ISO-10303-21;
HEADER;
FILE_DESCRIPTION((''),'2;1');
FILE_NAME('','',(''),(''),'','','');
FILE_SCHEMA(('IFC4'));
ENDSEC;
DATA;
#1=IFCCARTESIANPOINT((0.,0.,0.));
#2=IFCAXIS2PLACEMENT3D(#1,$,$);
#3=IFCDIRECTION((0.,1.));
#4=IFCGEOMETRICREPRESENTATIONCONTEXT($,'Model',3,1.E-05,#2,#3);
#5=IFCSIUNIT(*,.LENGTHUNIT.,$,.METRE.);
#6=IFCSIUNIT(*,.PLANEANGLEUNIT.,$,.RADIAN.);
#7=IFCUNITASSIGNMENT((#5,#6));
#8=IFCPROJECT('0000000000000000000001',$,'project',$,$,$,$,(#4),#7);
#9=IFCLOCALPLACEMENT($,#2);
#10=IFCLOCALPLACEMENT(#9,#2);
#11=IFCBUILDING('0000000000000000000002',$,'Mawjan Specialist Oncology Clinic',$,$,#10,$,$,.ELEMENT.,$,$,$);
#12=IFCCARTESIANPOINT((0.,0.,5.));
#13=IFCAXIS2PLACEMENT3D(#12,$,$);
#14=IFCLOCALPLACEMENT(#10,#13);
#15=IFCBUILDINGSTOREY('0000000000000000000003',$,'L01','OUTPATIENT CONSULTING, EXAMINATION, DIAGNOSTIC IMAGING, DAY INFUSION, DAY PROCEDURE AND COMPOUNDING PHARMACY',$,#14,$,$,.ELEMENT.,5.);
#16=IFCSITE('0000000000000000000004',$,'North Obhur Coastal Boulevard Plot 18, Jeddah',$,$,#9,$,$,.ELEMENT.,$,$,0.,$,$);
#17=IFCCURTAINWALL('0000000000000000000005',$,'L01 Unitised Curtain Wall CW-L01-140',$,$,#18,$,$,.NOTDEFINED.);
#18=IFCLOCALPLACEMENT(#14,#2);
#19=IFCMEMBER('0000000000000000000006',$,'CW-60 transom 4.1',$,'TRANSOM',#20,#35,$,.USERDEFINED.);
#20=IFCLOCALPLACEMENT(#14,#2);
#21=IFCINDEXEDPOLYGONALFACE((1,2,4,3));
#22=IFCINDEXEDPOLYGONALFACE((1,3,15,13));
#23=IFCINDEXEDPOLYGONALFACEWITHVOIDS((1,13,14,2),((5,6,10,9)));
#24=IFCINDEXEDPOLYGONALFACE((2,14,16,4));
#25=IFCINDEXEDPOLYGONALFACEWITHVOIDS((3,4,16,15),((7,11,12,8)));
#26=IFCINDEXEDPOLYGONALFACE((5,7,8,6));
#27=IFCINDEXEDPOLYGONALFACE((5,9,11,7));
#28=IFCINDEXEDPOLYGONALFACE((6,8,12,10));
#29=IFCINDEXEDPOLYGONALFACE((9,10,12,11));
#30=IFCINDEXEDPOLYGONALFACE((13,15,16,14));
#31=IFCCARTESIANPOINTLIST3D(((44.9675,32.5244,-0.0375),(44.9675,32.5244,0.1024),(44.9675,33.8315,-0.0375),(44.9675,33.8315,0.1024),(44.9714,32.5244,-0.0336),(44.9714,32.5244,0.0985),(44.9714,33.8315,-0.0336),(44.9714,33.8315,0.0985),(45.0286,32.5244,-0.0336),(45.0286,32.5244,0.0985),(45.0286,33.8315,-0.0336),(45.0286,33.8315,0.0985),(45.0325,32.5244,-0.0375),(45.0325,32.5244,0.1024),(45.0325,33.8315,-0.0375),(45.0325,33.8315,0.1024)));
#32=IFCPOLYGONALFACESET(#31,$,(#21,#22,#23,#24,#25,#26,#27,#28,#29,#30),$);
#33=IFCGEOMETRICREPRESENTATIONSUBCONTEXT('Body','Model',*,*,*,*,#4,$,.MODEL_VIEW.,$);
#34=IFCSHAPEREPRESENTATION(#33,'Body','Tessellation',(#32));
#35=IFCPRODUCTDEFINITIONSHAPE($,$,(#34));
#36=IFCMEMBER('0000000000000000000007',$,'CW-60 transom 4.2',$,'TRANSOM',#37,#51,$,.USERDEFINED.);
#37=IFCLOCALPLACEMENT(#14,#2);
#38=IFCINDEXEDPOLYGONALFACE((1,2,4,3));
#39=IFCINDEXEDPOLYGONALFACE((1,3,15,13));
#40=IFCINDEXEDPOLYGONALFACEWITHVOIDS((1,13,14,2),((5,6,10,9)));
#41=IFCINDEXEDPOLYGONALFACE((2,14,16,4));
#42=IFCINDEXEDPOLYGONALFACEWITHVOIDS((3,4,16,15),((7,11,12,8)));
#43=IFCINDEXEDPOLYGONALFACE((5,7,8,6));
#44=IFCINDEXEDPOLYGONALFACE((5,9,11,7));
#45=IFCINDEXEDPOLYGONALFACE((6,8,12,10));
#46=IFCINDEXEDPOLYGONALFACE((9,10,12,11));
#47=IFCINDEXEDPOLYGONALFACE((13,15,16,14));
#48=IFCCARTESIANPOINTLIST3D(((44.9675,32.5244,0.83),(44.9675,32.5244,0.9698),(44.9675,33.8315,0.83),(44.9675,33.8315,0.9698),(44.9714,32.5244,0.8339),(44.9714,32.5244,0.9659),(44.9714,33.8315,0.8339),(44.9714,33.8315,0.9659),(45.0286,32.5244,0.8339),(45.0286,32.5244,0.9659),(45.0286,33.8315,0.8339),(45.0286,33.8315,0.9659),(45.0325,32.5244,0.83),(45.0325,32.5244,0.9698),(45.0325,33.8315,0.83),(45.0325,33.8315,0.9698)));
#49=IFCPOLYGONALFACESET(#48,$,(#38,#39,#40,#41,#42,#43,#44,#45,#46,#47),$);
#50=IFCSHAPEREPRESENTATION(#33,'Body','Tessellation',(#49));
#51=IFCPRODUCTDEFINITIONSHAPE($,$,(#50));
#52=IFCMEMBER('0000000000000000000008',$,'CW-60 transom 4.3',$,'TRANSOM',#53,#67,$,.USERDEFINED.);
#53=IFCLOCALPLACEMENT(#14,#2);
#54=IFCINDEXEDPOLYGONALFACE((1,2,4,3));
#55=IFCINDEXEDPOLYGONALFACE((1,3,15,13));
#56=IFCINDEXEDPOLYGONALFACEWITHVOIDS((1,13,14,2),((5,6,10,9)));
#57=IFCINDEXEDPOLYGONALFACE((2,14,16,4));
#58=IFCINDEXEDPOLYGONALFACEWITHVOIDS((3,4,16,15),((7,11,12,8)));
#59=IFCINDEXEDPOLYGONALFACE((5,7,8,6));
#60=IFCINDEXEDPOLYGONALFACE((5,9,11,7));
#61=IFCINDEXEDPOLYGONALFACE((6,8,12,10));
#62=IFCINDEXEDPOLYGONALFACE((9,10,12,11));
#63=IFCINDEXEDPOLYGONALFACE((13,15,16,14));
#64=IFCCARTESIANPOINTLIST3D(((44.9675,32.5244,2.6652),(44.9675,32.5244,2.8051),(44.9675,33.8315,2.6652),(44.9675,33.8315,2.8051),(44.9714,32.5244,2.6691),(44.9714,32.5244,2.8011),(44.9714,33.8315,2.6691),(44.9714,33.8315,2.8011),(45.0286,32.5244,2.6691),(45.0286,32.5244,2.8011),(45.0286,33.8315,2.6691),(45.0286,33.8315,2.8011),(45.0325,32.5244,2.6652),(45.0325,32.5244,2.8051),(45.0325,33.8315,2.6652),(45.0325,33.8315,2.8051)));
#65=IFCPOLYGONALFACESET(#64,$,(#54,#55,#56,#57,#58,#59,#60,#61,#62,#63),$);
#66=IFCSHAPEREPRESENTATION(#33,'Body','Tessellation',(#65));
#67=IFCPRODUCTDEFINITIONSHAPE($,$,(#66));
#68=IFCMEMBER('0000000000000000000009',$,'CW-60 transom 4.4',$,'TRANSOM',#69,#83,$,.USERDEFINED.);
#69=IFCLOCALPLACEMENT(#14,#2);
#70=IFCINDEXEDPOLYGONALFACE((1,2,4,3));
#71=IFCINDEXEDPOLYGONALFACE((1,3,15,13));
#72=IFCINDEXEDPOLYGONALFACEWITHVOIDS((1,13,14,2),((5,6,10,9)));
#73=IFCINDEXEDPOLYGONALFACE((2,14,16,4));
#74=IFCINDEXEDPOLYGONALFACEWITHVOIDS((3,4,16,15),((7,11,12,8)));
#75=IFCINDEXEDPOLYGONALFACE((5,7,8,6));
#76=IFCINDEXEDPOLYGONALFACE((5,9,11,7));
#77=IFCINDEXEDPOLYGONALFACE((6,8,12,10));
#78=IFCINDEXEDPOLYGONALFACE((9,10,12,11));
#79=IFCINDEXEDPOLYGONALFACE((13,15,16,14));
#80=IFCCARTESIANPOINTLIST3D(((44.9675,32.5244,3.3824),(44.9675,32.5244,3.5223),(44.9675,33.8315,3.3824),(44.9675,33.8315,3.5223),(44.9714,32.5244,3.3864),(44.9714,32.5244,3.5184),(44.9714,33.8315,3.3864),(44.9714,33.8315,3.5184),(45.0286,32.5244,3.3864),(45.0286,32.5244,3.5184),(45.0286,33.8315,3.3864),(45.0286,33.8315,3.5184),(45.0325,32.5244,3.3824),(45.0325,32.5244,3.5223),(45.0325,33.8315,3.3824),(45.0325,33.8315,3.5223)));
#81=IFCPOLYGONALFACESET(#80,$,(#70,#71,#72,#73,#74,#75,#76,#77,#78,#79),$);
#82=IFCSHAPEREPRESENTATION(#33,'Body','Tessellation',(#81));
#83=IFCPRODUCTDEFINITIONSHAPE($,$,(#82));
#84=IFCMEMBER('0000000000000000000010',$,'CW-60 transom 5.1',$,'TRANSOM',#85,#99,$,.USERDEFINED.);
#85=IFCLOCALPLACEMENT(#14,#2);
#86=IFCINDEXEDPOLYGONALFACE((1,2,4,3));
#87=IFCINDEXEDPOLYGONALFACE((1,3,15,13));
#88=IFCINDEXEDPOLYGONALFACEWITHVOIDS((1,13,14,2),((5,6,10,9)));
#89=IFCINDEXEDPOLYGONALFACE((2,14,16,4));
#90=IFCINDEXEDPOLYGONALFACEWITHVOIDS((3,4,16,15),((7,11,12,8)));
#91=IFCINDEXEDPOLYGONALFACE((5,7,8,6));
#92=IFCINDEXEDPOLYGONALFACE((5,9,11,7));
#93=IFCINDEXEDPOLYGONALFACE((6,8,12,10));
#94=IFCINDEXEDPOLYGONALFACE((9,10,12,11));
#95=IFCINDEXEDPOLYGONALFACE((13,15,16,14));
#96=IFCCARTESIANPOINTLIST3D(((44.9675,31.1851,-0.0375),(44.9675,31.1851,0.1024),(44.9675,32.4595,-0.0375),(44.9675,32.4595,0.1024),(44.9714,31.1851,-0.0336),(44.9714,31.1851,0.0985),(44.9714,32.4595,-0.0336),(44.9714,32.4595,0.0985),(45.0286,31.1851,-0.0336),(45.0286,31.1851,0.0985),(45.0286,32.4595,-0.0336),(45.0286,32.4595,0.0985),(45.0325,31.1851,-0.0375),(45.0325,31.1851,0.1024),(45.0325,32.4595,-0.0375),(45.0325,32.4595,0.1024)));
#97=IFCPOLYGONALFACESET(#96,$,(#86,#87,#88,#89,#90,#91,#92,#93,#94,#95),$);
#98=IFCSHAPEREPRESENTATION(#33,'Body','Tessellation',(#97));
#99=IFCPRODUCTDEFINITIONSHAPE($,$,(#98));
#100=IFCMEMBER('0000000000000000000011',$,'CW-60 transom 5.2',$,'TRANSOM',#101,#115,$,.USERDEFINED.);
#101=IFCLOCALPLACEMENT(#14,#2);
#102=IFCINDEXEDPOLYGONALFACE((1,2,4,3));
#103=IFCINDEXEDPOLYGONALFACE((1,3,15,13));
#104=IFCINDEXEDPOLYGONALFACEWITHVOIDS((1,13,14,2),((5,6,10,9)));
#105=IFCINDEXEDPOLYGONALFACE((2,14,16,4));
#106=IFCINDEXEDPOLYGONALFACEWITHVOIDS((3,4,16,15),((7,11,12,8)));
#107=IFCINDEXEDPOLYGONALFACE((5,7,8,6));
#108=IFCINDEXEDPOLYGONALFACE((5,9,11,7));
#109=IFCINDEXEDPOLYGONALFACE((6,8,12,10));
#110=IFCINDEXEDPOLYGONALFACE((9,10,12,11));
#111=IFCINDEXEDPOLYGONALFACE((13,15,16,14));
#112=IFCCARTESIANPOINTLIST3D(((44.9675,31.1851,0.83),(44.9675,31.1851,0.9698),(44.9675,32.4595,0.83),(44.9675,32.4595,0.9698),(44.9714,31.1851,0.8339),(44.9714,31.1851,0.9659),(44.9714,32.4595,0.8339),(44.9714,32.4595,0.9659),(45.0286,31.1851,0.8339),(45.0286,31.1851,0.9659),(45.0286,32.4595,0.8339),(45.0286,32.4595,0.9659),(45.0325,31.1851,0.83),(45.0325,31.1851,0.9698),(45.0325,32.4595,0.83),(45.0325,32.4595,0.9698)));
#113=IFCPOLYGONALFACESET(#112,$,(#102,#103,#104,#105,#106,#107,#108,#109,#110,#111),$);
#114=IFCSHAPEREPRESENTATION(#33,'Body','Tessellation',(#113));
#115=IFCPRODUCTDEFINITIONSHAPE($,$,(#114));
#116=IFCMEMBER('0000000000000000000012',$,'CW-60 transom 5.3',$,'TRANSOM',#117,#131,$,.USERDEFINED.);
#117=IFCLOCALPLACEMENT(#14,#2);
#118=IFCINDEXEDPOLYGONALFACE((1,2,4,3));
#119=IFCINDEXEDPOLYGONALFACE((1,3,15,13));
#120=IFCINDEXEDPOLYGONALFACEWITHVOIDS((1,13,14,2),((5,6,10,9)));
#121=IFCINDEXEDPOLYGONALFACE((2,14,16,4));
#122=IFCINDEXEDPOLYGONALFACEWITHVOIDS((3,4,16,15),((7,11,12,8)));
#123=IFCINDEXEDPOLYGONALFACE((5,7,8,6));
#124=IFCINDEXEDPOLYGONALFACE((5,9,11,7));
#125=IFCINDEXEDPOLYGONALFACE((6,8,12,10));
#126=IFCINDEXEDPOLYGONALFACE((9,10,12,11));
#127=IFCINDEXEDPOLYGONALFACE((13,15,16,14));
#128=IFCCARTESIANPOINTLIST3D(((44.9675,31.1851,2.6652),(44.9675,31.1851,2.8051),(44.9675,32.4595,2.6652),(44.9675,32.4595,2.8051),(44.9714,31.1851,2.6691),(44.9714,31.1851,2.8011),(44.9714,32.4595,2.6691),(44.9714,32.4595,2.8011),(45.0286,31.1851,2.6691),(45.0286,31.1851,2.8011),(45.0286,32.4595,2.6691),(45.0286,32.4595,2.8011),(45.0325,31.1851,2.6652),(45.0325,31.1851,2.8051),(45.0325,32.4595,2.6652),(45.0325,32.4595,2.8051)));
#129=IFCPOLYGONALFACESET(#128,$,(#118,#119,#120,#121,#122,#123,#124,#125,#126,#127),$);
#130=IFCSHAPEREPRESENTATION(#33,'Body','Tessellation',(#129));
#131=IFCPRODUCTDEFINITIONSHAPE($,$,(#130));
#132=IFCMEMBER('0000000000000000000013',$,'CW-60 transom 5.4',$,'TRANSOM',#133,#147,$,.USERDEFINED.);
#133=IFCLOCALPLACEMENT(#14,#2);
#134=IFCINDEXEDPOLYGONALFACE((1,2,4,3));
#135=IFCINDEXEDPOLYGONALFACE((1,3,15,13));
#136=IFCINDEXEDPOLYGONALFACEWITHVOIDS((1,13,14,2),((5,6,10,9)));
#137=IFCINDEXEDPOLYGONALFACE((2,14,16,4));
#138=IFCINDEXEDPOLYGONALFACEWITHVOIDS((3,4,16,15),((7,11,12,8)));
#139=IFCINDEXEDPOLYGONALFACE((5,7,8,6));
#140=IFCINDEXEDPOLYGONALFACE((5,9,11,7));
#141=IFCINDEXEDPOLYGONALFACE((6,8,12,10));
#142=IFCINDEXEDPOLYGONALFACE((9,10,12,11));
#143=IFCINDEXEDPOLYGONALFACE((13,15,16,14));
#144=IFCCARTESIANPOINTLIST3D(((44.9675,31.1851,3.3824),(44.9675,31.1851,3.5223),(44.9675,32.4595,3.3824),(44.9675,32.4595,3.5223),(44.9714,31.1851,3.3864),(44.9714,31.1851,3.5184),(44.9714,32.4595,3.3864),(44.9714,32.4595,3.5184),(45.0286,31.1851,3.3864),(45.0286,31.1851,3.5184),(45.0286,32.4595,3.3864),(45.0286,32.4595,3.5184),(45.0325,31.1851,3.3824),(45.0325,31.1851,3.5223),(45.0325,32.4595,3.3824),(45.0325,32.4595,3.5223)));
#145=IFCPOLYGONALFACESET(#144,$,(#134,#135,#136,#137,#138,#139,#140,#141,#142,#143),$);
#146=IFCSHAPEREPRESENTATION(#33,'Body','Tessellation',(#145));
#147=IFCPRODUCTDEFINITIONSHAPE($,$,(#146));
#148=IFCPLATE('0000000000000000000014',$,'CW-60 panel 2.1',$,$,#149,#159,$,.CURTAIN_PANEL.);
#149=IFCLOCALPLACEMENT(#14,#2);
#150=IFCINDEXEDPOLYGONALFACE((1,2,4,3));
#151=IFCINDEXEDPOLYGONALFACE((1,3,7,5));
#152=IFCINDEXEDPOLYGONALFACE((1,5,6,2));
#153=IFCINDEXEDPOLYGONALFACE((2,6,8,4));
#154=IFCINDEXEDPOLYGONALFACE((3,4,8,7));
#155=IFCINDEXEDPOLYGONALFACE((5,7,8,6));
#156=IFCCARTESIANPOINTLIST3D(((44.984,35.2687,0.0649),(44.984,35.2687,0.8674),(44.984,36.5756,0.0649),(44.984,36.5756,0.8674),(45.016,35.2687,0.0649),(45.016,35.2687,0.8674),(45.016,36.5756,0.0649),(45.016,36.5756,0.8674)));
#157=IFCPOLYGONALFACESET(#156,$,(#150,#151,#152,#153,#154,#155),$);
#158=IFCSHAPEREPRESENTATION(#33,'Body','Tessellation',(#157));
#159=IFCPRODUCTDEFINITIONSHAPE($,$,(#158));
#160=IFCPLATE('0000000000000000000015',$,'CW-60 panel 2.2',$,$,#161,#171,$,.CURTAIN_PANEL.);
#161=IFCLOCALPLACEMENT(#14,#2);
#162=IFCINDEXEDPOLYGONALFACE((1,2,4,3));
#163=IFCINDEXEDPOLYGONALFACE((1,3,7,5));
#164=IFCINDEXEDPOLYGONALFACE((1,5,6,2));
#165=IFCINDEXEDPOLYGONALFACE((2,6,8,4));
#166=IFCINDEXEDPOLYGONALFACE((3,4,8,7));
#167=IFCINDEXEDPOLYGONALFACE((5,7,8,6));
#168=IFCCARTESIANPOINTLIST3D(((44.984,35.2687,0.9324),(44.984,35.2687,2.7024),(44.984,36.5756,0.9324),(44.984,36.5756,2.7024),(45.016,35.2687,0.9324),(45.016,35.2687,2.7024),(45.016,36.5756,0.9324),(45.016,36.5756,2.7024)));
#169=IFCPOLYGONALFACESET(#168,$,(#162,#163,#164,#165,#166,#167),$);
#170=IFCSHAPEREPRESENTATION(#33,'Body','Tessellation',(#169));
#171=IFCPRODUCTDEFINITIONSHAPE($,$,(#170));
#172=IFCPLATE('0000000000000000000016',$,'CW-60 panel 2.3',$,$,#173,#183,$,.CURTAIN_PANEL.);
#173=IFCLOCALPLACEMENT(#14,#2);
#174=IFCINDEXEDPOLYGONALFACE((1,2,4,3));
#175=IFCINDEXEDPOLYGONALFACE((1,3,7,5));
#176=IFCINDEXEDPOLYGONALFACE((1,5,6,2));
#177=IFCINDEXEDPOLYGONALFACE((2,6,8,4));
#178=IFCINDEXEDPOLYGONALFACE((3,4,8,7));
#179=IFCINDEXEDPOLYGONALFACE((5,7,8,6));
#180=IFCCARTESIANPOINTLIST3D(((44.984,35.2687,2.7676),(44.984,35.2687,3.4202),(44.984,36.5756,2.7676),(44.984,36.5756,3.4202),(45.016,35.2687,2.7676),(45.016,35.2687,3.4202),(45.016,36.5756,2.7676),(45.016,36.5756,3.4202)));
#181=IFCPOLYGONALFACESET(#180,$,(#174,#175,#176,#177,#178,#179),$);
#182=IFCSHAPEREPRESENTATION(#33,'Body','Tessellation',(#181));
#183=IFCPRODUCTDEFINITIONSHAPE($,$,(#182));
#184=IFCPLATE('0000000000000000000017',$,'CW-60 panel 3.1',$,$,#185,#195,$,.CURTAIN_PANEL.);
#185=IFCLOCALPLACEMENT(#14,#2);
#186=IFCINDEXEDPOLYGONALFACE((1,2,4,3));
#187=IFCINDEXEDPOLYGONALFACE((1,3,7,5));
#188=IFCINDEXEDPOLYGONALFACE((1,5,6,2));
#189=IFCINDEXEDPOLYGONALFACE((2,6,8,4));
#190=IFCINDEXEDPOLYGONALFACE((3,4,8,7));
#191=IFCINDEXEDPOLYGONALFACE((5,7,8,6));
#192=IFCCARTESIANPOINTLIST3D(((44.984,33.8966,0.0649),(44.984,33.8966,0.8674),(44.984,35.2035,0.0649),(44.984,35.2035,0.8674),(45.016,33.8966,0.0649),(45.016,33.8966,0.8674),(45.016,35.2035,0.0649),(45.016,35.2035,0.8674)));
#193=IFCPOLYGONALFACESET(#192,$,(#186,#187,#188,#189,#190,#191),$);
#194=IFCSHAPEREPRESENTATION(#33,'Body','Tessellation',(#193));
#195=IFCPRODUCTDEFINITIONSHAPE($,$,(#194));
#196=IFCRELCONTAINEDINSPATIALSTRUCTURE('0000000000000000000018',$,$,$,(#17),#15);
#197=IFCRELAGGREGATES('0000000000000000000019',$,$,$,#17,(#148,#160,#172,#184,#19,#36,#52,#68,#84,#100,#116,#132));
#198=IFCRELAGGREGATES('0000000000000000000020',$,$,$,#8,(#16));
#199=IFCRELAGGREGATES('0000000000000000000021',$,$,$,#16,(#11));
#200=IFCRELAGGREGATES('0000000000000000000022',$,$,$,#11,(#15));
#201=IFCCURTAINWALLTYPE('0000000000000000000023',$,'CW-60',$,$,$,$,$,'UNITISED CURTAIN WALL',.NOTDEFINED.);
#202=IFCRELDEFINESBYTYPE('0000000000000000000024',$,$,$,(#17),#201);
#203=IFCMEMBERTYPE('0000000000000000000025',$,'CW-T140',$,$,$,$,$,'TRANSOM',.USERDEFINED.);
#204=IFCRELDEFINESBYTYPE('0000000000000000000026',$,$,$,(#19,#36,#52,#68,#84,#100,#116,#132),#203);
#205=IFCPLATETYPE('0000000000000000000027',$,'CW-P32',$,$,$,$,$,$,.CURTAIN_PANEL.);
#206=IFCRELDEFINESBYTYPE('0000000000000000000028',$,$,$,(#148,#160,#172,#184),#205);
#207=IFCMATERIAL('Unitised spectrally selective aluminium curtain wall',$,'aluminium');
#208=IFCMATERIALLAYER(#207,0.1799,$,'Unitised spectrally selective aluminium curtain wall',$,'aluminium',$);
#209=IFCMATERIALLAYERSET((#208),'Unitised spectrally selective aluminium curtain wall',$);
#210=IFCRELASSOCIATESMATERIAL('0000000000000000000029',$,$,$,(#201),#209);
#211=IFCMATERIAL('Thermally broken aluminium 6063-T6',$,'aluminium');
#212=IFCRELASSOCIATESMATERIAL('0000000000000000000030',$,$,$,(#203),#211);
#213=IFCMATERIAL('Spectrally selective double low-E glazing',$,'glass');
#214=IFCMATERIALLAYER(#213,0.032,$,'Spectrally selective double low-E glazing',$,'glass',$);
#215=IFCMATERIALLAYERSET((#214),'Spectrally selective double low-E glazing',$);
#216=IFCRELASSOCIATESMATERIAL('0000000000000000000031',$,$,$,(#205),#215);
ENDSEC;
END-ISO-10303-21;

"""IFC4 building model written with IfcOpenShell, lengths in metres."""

from ifc_helpers import new_model, si_unit, direction, frame, origin, origin_2d, place, context, subcontext, project, spatial, rectangle, hollow_rectangle, extrude, material, layer, layer_set, material_profile, profile_set, type_object, element, aggregate, save


model = new_model("IFC4")

# Units and contexts
model_context = context("Model", 3, precision=1e-05, world=origin(), true_north=direction((0.0, 1.0)))
body_context = subcontext(model_context, "Body", "Model", "MODEL_VIEW")
ifc_project = project(units=[si_unit("LENGTHUNIT", "METRE"), si_unit("PLANEANGLEUNIT", "RADIAN")], contexts=[model_context])

# Site, building, storey
site_placement = place(None, origin())
site = spatial("IfcSite", under=ifc_project, at=site_placement, Name="North Obhur Coastal Boulevard Plot 18, Jeddah", CompositionType="ELEMENT", RefElevation=0.0)
building_placement = place(site_placement, origin())
building = spatial("IfcBuilding", under=site, at=building_placement, Name="Mawjan Specialist Oncology Clinic", CompositionType="ELEMENT")
storey_placement = place(building_placement, frame((0.0, 0.0, 5.0)))
storey = spatial("IfcBuildingStorey", under=building, at=storey_placement, Name="L01", Description="OUTPATIENT CONSULTING, EXAMINATION, DIAGNOSTIC IMAGING, DAY INFUSION, DAY PROCEDURE AND COMPOUNDING PHARMACY", CompositionType="ELEMENT", Elevation=5.0)

# Curtain wall, members, plates
ifc_material_1 = material(Name="Unitised spectrally selective aluminium curtain wall", Category="aluminium")
ifc_layer_1 = layer(ifc_material_1, 0.1799, Name="Unitised spectrally selective aluminium curtain wall", Category="aluminium")
ifc_layer_set_1 = layer_set([ifc_layer_1], Name="Unitised spectrally selective aluminium curtain wall")
curtain_wall_type = type_object("IfcCurtainWallType", Name="CW-60", ElementType="UNITISED CURTAIN WALL", PredefinedType="NOTDEFINED", material=ifc_layer_set_1)
curtain_wall_placement = place(storey_placement, origin())
curtain_wall = element("IfcCurtainWall", 1, at=curtain_wall_placement, inside=storey, type_object=curtain_wall_type, Name="L01 Unitised Curtain Wall CW-L01-140", PredefinedType="NOTDEFINED")
ifc_material_2 = material(Name="Thermally broken aluminium 6063-T6", Category="aluminium")
ifc_material_profile_1 = material_profile(ifc_material_2, hollow_rectangle(XDim=0.0649, YDim=0.1399, WallThickness=0.0039, at=origin_2d()), Name="ALU TRANSOM 140x65x4", Category="aluminium")
ifc_profile_set_1 = profile_set([ifc_material_profile_1], Name="Thermally broken aluminium 6063-T6")
member_type_1 = type_object("IfcMemberType", Name="CW-T140", ElementType="TRANSOM", PredefinedType="USERDEFINED", material=ifc_profile_set_1)
member_1_placement = place(storey_placement, frame((45.0, 33.8315, 0.0325), z_axis=(0.0, -1.0, 0.0), x_axis=(1.0, 0.0, 0.0)))
member_1 = element("IfcMember", 2, at=member_1_placement, type_object=member_type_1, Name="CW-60 transom 4.1", ObjectType="TRANSOM", PredefinedType="USERDEFINED", context=body_context, shape_type="SweptSolid", body=[
    extrude(hollow_rectangle(XDim=0.0649, YDim=0.1399, WallThickness=0.0039, at=origin_2d()), origin(), (0.0, 0.0, 1.0), 1.3071),
])
member_2_placement = place(storey_placement, frame((45.0, 33.8315, 0.8999), z_axis=(0.0, -1.0, 0.0), x_axis=(1.0, 0.0, 0.0)))
member_2 = element("IfcMember", 3, at=member_2_placement, type_object=member_type_1, Name="CW-60 transom 4.2", ObjectType="TRANSOM", PredefinedType="USERDEFINED", context=body_context, shape_type="SweptSolid", body=[
    extrude(hollow_rectangle(XDim=0.0649, YDim=0.1399, WallThickness=0.0039, at=origin_2d()), origin(), (0.0, 0.0, 1.0), 1.3071),
])
member_3_placement = place(storey_placement, frame((45.0, 33.8315, 2.7351), z_axis=(0.0, -1.0, 0.0), x_axis=(1.0, 0.0, 0.0)))
member_3 = element("IfcMember", 4, at=member_3_placement, type_object=member_type_1, Name="CW-60 transom 4.3", ObjectType="TRANSOM", PredefinedType="USERDEFINED", context=body_context, shape_type="SweptSolid", body=[
    extrude(hollow_rectangle(XDim=0.0649, YDim=0.1399, WallThickness=0.0039, at=origin_2d()), origin(), (0.0, 0.0, 1.0), 1.3071),
])
member_4_placement = place(storey_placement, frame((45.0, 33.8315, 3.4524), z_axis=(0.0, -1.0, 0.0), x_axis=(1.0, 0.0, 0.0)))
member_4 = element("IfcMember", 5, at=member_4_placement, type_object=member_type_1, Name="CW-60 transom 4.4", ObjectType="TRANSOM", PredefinedType="USERDEFINED", context=body_context, shape_type="SweptSolid", body=[
    extrude(hollow_rectangle(XDim=0.0649, YDim=0.1399, WallThickness=0.0039, at=origin_2d()), origin(), (0.0, 0.0, 1.0), 1.3071),
])
member_5_placement = place(storey_placement, frame((45.0, 32.4595, 0.0325), z_axis=(0.0, -1.0, 0.0), x_axis=(1.0, 0.0, 0.0)))
member_5 = element("IfcMember", 6, at=member_5_placement, type_object=member_type_1, Name="CW-60 transom 5.1", ObjectType="TRANSOM", PredefinedType="USERDEFINED", context=body_context, shape_type="SweptSolid", body=[
    extrude(hollow_rectangle(XDim=0.0649, YDim=0.1399, WallThickness=0.0039, at=origin_2d()), origin(), (0.0, 0.0, 1.0), 1.2744),
])
member_6_placement = place(storey_placement, frame((45.0, 32.4595, 0.8999), z_axis=(0.0, -1.0, 0.0), x_axis=(1.0, 0.0, 0.0)))
member_6 = element("IfcMember", 7, at=member_6_placement, type_object=member_type_1, Name="CW-60 transom 5.2", ObjectType="TRANSOM", PredefinedType="USERDEFINED", context=body_context, shape_type="SweptSolid", body=[
    extrude(hollow_rectangle(XDim=0.0649, YDim=0.1399, WallThickness=0.0039, at=origin_2d()), origin(), (0.0, 0.0, 1.0), 1.2744),
])
member_7_placement = place(storey_placement, frame((45.0, 32.4595, 2.7351), z_axis=(0.0, -1.0, 0.0), x_axis=(1.0, 0.0, 0.0)))
member_7 = element("IfcMember", 8, at=member_7_placement, type_object=member_type_1, Name="CW-60 transom 5.3", ObjectType="TRANSOM", PredefinedType="USERDEFINED", context=body_context, shape_type="SweptSolid", body=[
    extrude(hollow_rectangle(XDim=0.0649, YDim=0.1399, WallThickness=0.0039, at=origin_2d()), origin(), (0.0, 0.0, 1.0), 1.2744),
])
member_8_placement = place(storey_placement, frame((45.0, 32.4595, 3.4524), z_axis=(0.0, -1.0, 0.0), x_axis=(1.0, 0.0, 0.0)))
member_8 = element("IfcMember", 9, at=member_8_placement, type_object=member_type_1, Name="CW-60 transom 5.4", ObjectType="TRANSOM", PredefinedType="USERDEFINED", context=body_context, shape_type="SweptSolid", body=[
    extrude(hollow_rectangle(XDim=0.0649, YDim=0.1399, WallThickness=0.0039, at=origin_2d()), origin(), (0.0, 0.0, 1.0), 1.2744),
])
ifc_material_3 = material(Name="Spectrally selective double low-E glazing", Category="glass")
ifc_layer_2 = layer(ifc_material_3, 0.032, Name="Spectrally selective double low-E glazing", Category="glass")
ifc_layer_set_2 = layer_set([ifc_layer_2], Name="Spectrally selective double low-E glazing")
plate_type = type_object("IfcPlateType", Name="CW-P32", PredefinedType="CURTAIN_PANEL", material=ifc_layer_set_2)
plate_1_placement = place(storey_placement, frame((45.0, 35.9221, 0.0649), z_axis=(0.0, 0.0, 1.0), x_axis=(0.0, -1.0, 0.0)))
plate_1 = element("IfcPlate", 10, at=plate_1_placement, type_object=plate_type, Name="CW-60 panel 2.1", PredefinedType="CURTAIN_PANEL", context=body_context, shape_type="SweptSolid", body=[
    extrude(rectangle(XDim=1.3069, YDim=0.032, at=origin_2d()), origin(), (0.0, 0.0, 1.0), 0.8025),
])
plate_2_placement = place(storey_placement, frame((45.0, 35.9221, 0.9324), z_axis=(0.0, 0.0, 1.0), x_axis=(0.0, -1.0, 0.0)))
plate_2 = element("IfcPlate", 11, at=plate_2_placement, type_object=plate_type, Name="CW-60 panel 2.2", PredefinedType="CURTAIN_PANEL", context=body_context, shape_type="SweptSolid", body=[
    extrude(rectangle(XDim=1.3069, YDim=0.032, at=origin_2d()), origin(), (0.0, 0.0, 1.0), 1.77),
])
plate_3_placement = place(storey_placement, frame((45.0, 35.9221, 2.7676), z_axis=(0.0, 0.0, 1.0), x_axis=(0.0, -1.0, 0.0)))
plate_3 = element("IfcPlate", 12, at=plate_3_placement, type_object=plate_type, Name="CW-60 panel 2.3", PredefinedType="CURTAIN_PANEL", context=body_context, shape_type="SweptSolid", body=[
    extrude(rectangle(XDim=1.3069, YDim=0.032, at=origin_2d()), origin(), (0.0, 0.0, 1.0), 0.6526),
])
plate_4_placement = place(storey_placement, frame((45.0, 34.55, 0.0649), z_axis=(0.0, 0.0, 1.0), x_axis=(0.0, -1.0, 0.0)))
plate_4 = element("IfcPlate", 13, at=plate_4_placement, type_object=plate_type, Name="CW-60 panel 3.1", PredefinedType="CURTAIN_PANEL", context=body_context, shape_type="SweptSolid", body=[
    extrude(rectangle(XDim=1.3069, YDim=0.032, at=origin_2d()), origin(), (0.0, 0.0, 1.0), 0.8025),
])
aggregate(curtain_wall, [plate_1, plate_2, plate_3, plate_4, member_1, member_2, member_3, member_4, member_5, member_6, member_7, member_8])

save(model, "model.ifc")
